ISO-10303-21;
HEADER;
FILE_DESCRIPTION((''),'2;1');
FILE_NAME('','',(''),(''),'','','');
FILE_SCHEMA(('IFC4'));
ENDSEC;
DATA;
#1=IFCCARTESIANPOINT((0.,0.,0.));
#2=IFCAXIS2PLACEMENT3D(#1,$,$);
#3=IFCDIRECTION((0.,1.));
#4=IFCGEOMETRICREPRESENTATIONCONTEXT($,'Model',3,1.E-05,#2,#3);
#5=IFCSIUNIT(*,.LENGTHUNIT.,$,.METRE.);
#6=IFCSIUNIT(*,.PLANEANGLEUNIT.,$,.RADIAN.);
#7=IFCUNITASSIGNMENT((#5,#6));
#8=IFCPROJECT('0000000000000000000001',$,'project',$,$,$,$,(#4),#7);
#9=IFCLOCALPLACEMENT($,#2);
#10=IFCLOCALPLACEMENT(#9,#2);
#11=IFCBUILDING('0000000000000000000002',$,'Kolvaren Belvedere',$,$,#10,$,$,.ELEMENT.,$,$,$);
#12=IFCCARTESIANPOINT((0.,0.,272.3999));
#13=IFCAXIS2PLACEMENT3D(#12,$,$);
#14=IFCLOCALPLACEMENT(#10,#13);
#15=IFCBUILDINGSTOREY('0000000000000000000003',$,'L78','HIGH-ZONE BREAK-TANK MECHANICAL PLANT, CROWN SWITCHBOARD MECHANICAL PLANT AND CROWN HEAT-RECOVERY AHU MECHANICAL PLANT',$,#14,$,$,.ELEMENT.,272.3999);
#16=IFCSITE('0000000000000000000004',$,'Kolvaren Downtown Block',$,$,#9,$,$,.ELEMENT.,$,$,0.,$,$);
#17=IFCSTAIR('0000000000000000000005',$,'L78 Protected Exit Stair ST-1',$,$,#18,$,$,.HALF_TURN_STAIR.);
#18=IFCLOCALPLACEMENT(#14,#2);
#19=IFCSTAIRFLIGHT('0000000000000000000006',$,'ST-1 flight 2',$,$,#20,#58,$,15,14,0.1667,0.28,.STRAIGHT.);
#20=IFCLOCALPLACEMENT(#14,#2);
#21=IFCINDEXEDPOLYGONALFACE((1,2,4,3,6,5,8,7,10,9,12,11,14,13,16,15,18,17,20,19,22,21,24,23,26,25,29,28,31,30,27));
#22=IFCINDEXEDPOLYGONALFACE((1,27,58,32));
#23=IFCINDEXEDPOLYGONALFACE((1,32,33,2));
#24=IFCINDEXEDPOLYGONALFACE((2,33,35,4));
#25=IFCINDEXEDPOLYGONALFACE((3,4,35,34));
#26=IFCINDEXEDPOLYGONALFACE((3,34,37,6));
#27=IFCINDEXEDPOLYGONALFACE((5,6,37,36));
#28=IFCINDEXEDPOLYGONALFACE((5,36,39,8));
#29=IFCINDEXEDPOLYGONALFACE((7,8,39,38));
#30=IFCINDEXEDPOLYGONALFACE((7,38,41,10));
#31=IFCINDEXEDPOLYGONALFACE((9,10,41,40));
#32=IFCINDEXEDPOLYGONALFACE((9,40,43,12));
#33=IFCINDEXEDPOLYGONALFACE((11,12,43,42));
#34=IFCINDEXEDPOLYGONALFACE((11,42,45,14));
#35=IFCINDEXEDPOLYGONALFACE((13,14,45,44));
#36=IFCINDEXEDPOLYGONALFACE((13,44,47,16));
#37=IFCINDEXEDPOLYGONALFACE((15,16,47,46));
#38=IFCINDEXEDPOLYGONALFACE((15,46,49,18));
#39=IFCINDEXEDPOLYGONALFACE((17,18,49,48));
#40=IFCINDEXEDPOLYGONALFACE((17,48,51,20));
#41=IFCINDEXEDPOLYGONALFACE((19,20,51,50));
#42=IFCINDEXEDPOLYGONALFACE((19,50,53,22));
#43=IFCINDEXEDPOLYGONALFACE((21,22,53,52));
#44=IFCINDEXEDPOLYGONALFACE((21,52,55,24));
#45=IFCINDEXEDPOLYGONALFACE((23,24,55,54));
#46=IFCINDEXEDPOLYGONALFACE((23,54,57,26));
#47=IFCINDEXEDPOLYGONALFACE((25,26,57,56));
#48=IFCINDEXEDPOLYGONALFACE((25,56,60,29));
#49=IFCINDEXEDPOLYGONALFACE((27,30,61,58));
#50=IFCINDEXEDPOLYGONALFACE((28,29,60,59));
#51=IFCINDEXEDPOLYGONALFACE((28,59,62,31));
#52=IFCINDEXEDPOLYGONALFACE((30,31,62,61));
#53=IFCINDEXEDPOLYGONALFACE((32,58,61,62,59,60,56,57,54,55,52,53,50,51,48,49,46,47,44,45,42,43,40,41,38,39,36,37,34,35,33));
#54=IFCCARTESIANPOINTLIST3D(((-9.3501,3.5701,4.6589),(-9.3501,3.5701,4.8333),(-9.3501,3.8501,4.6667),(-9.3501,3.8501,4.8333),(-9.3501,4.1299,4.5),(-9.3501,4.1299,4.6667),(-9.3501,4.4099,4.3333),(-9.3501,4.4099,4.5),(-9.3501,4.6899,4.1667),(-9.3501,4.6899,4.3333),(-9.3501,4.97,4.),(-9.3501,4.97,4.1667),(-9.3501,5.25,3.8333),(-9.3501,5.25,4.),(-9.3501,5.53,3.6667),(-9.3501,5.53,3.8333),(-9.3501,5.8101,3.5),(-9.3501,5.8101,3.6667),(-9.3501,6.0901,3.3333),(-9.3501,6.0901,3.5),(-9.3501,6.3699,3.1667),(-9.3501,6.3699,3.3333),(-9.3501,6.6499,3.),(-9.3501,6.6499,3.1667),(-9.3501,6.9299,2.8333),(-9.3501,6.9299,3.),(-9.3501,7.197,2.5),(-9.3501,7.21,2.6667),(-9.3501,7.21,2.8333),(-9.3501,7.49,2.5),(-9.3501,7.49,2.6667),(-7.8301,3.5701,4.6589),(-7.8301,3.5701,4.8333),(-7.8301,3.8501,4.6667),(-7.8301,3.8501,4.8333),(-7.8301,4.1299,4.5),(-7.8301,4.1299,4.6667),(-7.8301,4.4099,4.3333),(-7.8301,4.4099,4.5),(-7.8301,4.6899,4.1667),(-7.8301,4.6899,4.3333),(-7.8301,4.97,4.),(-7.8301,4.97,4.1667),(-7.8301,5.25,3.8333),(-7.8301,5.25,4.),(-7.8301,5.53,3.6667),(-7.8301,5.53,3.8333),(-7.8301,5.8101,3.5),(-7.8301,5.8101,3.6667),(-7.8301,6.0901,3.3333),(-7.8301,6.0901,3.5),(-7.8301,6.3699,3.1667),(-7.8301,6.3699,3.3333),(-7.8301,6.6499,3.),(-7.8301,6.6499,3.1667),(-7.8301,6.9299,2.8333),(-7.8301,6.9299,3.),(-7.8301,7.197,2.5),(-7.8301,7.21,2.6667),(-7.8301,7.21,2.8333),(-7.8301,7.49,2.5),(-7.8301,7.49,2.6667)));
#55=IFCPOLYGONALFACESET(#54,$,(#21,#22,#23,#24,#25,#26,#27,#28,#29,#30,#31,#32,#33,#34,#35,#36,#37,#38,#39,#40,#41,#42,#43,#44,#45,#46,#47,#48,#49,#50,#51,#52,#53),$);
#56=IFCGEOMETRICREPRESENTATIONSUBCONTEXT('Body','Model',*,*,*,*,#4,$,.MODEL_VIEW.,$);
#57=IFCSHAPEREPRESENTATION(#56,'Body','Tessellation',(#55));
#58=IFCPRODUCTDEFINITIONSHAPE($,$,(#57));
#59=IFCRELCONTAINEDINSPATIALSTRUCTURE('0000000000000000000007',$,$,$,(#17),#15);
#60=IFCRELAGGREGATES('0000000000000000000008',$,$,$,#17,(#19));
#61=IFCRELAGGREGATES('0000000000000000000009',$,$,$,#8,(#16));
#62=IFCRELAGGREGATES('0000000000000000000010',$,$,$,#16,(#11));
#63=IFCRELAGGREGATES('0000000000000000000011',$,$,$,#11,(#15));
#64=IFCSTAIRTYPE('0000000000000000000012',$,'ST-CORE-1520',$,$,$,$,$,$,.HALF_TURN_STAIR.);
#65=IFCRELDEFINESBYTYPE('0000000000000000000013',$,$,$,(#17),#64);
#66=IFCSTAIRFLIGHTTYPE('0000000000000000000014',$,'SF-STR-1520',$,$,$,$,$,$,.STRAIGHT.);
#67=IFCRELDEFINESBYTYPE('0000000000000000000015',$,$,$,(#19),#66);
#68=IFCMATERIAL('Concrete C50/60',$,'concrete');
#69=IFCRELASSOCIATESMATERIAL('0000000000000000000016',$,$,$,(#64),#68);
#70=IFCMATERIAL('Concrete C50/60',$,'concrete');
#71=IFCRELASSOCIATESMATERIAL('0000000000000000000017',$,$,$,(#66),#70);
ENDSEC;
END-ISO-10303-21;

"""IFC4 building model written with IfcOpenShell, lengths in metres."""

from ifc_helpers import new_model, si_unit, direction, frame, origin, place, context, subcontext, project, spatial, polyline, outline, extrude, material, type_object, element, aggregate, save


model = new_model("IFC4")

# Units and contexts
model_context = context("Model", 3, precision=1e-05, world=origin(), true_north=direction((0.0, 1.0)))
body_context = subcontext(model_context, "Body", "Model", "MODEL_VIEW")
ifc_project = project(units=[si_unit("LENGTHUNIT", "METRE"), si_unit("PLANEANGLEUNIT", "RADIAN")], contexts=[model_context])

# Site, building, storey
site_placement = place(None, origin())
site = spatial("IfcSite", under=ifc_project, at=site_placement, Name="Kolvaren Downtown Block", CompositionType="ELEMENT", RefElevation=0.0)
building_placement = place(site_placement, origin())
building = spatial("IfcBuilding", under=site, at=building_placement, Name="Kolvaren Belvedere", CompositionType="ELEMENT")
storey_placement = place(building_placement, frame((0.0, 0.0, 272.3999)))
storey = spatial("IfcBuildingStorey", under=building, at=storey_placement, Name="L78", Description="HIGH-ZONE BREAK-TANK MECHANICAL PLANT, CROWN SWITCHBOARD MECHANICAL PLANT AND CROWN HEAT-RECOVERY AHU MECHANICAL PLANT", CompositionType="ELEMENT", Elevation=272.3999)

# Stair
ifc_material_1 = material(Name="Concrete C50/60", Category="concrete")
stair_type = type_object("IfcStairType", Name="ST-CORE-1520", PredefinedType="HALF_TURN_STAIR", material=ifc_material_1)
stair_1_placement = place(storey_placement, origin())
stair_1 = element("IfcStair", 1, at=stair_1_placement, inside=storey, type_object=stair_type, Name="L78 Protected Exit Stair ST-1", PredefinedType="HALF_TURN_STAIR")

# Stair flight
ifc_material_2 = material(Name="Concrete C50/60", Category="concrete")
stair_flight_type = type_object("IfcStairFlightType", Name="SF-STR-1520", PredefinedType="STRAIGHT", material=ifc_material_2)
stair_flight_1_placement = place(storey_placement, frame((-8.5901, 7.49, 2.5), z_axis=(0.0, 0.0, 1.0), x_axis=(0.0, -1.0, 0.0)))
stair_flight_1 = element("IfcStairFlight", 2, at=stair_flight_1_placement, type_object=stair_flight_type, Name="ST-1 flight 2", NumberOfRisers=15, NumberOfTreads=14, PredefinedType="STRAIGHT", RiserHeight=0.1667, TreadLength=0.28, context=body_context, shape_type="SweptSolid", body=[
    extrude(outline(polyline([(0.0, 0.0), (0.0, 0.1667), (0.28, 0.1667), (0.28, 0.3333), (0.5601, 0.3333), (0.5601, 0.5), (0.8401, 0.5), (0.8401, 0.6667), (1.1201, 0.6667), (1.1201, 0.8333), (1.3999, 0.8333), (1.3999, 1.0), (1.6799, 1.0), (1.6799, 1.1667), (1.96, 1.1667), (1.96, 1.3333), (2.24, 1.3333), (2.24, 1.5), (2.52, 1.5), (2.52, 1.6667), (2.8, 1.6667), (2.8, 1.8333), (3.0801, 1.8333), (3.0801, 2.0), (3.3601, 2.0), (3.3601, 2.1667), (3.6399, 2.1667), (3.6399, 2.3333), (3.9199, 2.3333), (3.9199, 2.5), (3.9199, 2.1589), (0.293, 0.0), (0.0, 0.0)])), frame((0.0, 0.76, 0.0), z_axis=(0.0, -1.0, 0.0), x_axis=(1.0, 0.0, 0.0)), (0.0, 0.0, 1.0), 1.52),
])
aggregate(stair_1, [stair_flight_1])

save(model, "model.ifc")
